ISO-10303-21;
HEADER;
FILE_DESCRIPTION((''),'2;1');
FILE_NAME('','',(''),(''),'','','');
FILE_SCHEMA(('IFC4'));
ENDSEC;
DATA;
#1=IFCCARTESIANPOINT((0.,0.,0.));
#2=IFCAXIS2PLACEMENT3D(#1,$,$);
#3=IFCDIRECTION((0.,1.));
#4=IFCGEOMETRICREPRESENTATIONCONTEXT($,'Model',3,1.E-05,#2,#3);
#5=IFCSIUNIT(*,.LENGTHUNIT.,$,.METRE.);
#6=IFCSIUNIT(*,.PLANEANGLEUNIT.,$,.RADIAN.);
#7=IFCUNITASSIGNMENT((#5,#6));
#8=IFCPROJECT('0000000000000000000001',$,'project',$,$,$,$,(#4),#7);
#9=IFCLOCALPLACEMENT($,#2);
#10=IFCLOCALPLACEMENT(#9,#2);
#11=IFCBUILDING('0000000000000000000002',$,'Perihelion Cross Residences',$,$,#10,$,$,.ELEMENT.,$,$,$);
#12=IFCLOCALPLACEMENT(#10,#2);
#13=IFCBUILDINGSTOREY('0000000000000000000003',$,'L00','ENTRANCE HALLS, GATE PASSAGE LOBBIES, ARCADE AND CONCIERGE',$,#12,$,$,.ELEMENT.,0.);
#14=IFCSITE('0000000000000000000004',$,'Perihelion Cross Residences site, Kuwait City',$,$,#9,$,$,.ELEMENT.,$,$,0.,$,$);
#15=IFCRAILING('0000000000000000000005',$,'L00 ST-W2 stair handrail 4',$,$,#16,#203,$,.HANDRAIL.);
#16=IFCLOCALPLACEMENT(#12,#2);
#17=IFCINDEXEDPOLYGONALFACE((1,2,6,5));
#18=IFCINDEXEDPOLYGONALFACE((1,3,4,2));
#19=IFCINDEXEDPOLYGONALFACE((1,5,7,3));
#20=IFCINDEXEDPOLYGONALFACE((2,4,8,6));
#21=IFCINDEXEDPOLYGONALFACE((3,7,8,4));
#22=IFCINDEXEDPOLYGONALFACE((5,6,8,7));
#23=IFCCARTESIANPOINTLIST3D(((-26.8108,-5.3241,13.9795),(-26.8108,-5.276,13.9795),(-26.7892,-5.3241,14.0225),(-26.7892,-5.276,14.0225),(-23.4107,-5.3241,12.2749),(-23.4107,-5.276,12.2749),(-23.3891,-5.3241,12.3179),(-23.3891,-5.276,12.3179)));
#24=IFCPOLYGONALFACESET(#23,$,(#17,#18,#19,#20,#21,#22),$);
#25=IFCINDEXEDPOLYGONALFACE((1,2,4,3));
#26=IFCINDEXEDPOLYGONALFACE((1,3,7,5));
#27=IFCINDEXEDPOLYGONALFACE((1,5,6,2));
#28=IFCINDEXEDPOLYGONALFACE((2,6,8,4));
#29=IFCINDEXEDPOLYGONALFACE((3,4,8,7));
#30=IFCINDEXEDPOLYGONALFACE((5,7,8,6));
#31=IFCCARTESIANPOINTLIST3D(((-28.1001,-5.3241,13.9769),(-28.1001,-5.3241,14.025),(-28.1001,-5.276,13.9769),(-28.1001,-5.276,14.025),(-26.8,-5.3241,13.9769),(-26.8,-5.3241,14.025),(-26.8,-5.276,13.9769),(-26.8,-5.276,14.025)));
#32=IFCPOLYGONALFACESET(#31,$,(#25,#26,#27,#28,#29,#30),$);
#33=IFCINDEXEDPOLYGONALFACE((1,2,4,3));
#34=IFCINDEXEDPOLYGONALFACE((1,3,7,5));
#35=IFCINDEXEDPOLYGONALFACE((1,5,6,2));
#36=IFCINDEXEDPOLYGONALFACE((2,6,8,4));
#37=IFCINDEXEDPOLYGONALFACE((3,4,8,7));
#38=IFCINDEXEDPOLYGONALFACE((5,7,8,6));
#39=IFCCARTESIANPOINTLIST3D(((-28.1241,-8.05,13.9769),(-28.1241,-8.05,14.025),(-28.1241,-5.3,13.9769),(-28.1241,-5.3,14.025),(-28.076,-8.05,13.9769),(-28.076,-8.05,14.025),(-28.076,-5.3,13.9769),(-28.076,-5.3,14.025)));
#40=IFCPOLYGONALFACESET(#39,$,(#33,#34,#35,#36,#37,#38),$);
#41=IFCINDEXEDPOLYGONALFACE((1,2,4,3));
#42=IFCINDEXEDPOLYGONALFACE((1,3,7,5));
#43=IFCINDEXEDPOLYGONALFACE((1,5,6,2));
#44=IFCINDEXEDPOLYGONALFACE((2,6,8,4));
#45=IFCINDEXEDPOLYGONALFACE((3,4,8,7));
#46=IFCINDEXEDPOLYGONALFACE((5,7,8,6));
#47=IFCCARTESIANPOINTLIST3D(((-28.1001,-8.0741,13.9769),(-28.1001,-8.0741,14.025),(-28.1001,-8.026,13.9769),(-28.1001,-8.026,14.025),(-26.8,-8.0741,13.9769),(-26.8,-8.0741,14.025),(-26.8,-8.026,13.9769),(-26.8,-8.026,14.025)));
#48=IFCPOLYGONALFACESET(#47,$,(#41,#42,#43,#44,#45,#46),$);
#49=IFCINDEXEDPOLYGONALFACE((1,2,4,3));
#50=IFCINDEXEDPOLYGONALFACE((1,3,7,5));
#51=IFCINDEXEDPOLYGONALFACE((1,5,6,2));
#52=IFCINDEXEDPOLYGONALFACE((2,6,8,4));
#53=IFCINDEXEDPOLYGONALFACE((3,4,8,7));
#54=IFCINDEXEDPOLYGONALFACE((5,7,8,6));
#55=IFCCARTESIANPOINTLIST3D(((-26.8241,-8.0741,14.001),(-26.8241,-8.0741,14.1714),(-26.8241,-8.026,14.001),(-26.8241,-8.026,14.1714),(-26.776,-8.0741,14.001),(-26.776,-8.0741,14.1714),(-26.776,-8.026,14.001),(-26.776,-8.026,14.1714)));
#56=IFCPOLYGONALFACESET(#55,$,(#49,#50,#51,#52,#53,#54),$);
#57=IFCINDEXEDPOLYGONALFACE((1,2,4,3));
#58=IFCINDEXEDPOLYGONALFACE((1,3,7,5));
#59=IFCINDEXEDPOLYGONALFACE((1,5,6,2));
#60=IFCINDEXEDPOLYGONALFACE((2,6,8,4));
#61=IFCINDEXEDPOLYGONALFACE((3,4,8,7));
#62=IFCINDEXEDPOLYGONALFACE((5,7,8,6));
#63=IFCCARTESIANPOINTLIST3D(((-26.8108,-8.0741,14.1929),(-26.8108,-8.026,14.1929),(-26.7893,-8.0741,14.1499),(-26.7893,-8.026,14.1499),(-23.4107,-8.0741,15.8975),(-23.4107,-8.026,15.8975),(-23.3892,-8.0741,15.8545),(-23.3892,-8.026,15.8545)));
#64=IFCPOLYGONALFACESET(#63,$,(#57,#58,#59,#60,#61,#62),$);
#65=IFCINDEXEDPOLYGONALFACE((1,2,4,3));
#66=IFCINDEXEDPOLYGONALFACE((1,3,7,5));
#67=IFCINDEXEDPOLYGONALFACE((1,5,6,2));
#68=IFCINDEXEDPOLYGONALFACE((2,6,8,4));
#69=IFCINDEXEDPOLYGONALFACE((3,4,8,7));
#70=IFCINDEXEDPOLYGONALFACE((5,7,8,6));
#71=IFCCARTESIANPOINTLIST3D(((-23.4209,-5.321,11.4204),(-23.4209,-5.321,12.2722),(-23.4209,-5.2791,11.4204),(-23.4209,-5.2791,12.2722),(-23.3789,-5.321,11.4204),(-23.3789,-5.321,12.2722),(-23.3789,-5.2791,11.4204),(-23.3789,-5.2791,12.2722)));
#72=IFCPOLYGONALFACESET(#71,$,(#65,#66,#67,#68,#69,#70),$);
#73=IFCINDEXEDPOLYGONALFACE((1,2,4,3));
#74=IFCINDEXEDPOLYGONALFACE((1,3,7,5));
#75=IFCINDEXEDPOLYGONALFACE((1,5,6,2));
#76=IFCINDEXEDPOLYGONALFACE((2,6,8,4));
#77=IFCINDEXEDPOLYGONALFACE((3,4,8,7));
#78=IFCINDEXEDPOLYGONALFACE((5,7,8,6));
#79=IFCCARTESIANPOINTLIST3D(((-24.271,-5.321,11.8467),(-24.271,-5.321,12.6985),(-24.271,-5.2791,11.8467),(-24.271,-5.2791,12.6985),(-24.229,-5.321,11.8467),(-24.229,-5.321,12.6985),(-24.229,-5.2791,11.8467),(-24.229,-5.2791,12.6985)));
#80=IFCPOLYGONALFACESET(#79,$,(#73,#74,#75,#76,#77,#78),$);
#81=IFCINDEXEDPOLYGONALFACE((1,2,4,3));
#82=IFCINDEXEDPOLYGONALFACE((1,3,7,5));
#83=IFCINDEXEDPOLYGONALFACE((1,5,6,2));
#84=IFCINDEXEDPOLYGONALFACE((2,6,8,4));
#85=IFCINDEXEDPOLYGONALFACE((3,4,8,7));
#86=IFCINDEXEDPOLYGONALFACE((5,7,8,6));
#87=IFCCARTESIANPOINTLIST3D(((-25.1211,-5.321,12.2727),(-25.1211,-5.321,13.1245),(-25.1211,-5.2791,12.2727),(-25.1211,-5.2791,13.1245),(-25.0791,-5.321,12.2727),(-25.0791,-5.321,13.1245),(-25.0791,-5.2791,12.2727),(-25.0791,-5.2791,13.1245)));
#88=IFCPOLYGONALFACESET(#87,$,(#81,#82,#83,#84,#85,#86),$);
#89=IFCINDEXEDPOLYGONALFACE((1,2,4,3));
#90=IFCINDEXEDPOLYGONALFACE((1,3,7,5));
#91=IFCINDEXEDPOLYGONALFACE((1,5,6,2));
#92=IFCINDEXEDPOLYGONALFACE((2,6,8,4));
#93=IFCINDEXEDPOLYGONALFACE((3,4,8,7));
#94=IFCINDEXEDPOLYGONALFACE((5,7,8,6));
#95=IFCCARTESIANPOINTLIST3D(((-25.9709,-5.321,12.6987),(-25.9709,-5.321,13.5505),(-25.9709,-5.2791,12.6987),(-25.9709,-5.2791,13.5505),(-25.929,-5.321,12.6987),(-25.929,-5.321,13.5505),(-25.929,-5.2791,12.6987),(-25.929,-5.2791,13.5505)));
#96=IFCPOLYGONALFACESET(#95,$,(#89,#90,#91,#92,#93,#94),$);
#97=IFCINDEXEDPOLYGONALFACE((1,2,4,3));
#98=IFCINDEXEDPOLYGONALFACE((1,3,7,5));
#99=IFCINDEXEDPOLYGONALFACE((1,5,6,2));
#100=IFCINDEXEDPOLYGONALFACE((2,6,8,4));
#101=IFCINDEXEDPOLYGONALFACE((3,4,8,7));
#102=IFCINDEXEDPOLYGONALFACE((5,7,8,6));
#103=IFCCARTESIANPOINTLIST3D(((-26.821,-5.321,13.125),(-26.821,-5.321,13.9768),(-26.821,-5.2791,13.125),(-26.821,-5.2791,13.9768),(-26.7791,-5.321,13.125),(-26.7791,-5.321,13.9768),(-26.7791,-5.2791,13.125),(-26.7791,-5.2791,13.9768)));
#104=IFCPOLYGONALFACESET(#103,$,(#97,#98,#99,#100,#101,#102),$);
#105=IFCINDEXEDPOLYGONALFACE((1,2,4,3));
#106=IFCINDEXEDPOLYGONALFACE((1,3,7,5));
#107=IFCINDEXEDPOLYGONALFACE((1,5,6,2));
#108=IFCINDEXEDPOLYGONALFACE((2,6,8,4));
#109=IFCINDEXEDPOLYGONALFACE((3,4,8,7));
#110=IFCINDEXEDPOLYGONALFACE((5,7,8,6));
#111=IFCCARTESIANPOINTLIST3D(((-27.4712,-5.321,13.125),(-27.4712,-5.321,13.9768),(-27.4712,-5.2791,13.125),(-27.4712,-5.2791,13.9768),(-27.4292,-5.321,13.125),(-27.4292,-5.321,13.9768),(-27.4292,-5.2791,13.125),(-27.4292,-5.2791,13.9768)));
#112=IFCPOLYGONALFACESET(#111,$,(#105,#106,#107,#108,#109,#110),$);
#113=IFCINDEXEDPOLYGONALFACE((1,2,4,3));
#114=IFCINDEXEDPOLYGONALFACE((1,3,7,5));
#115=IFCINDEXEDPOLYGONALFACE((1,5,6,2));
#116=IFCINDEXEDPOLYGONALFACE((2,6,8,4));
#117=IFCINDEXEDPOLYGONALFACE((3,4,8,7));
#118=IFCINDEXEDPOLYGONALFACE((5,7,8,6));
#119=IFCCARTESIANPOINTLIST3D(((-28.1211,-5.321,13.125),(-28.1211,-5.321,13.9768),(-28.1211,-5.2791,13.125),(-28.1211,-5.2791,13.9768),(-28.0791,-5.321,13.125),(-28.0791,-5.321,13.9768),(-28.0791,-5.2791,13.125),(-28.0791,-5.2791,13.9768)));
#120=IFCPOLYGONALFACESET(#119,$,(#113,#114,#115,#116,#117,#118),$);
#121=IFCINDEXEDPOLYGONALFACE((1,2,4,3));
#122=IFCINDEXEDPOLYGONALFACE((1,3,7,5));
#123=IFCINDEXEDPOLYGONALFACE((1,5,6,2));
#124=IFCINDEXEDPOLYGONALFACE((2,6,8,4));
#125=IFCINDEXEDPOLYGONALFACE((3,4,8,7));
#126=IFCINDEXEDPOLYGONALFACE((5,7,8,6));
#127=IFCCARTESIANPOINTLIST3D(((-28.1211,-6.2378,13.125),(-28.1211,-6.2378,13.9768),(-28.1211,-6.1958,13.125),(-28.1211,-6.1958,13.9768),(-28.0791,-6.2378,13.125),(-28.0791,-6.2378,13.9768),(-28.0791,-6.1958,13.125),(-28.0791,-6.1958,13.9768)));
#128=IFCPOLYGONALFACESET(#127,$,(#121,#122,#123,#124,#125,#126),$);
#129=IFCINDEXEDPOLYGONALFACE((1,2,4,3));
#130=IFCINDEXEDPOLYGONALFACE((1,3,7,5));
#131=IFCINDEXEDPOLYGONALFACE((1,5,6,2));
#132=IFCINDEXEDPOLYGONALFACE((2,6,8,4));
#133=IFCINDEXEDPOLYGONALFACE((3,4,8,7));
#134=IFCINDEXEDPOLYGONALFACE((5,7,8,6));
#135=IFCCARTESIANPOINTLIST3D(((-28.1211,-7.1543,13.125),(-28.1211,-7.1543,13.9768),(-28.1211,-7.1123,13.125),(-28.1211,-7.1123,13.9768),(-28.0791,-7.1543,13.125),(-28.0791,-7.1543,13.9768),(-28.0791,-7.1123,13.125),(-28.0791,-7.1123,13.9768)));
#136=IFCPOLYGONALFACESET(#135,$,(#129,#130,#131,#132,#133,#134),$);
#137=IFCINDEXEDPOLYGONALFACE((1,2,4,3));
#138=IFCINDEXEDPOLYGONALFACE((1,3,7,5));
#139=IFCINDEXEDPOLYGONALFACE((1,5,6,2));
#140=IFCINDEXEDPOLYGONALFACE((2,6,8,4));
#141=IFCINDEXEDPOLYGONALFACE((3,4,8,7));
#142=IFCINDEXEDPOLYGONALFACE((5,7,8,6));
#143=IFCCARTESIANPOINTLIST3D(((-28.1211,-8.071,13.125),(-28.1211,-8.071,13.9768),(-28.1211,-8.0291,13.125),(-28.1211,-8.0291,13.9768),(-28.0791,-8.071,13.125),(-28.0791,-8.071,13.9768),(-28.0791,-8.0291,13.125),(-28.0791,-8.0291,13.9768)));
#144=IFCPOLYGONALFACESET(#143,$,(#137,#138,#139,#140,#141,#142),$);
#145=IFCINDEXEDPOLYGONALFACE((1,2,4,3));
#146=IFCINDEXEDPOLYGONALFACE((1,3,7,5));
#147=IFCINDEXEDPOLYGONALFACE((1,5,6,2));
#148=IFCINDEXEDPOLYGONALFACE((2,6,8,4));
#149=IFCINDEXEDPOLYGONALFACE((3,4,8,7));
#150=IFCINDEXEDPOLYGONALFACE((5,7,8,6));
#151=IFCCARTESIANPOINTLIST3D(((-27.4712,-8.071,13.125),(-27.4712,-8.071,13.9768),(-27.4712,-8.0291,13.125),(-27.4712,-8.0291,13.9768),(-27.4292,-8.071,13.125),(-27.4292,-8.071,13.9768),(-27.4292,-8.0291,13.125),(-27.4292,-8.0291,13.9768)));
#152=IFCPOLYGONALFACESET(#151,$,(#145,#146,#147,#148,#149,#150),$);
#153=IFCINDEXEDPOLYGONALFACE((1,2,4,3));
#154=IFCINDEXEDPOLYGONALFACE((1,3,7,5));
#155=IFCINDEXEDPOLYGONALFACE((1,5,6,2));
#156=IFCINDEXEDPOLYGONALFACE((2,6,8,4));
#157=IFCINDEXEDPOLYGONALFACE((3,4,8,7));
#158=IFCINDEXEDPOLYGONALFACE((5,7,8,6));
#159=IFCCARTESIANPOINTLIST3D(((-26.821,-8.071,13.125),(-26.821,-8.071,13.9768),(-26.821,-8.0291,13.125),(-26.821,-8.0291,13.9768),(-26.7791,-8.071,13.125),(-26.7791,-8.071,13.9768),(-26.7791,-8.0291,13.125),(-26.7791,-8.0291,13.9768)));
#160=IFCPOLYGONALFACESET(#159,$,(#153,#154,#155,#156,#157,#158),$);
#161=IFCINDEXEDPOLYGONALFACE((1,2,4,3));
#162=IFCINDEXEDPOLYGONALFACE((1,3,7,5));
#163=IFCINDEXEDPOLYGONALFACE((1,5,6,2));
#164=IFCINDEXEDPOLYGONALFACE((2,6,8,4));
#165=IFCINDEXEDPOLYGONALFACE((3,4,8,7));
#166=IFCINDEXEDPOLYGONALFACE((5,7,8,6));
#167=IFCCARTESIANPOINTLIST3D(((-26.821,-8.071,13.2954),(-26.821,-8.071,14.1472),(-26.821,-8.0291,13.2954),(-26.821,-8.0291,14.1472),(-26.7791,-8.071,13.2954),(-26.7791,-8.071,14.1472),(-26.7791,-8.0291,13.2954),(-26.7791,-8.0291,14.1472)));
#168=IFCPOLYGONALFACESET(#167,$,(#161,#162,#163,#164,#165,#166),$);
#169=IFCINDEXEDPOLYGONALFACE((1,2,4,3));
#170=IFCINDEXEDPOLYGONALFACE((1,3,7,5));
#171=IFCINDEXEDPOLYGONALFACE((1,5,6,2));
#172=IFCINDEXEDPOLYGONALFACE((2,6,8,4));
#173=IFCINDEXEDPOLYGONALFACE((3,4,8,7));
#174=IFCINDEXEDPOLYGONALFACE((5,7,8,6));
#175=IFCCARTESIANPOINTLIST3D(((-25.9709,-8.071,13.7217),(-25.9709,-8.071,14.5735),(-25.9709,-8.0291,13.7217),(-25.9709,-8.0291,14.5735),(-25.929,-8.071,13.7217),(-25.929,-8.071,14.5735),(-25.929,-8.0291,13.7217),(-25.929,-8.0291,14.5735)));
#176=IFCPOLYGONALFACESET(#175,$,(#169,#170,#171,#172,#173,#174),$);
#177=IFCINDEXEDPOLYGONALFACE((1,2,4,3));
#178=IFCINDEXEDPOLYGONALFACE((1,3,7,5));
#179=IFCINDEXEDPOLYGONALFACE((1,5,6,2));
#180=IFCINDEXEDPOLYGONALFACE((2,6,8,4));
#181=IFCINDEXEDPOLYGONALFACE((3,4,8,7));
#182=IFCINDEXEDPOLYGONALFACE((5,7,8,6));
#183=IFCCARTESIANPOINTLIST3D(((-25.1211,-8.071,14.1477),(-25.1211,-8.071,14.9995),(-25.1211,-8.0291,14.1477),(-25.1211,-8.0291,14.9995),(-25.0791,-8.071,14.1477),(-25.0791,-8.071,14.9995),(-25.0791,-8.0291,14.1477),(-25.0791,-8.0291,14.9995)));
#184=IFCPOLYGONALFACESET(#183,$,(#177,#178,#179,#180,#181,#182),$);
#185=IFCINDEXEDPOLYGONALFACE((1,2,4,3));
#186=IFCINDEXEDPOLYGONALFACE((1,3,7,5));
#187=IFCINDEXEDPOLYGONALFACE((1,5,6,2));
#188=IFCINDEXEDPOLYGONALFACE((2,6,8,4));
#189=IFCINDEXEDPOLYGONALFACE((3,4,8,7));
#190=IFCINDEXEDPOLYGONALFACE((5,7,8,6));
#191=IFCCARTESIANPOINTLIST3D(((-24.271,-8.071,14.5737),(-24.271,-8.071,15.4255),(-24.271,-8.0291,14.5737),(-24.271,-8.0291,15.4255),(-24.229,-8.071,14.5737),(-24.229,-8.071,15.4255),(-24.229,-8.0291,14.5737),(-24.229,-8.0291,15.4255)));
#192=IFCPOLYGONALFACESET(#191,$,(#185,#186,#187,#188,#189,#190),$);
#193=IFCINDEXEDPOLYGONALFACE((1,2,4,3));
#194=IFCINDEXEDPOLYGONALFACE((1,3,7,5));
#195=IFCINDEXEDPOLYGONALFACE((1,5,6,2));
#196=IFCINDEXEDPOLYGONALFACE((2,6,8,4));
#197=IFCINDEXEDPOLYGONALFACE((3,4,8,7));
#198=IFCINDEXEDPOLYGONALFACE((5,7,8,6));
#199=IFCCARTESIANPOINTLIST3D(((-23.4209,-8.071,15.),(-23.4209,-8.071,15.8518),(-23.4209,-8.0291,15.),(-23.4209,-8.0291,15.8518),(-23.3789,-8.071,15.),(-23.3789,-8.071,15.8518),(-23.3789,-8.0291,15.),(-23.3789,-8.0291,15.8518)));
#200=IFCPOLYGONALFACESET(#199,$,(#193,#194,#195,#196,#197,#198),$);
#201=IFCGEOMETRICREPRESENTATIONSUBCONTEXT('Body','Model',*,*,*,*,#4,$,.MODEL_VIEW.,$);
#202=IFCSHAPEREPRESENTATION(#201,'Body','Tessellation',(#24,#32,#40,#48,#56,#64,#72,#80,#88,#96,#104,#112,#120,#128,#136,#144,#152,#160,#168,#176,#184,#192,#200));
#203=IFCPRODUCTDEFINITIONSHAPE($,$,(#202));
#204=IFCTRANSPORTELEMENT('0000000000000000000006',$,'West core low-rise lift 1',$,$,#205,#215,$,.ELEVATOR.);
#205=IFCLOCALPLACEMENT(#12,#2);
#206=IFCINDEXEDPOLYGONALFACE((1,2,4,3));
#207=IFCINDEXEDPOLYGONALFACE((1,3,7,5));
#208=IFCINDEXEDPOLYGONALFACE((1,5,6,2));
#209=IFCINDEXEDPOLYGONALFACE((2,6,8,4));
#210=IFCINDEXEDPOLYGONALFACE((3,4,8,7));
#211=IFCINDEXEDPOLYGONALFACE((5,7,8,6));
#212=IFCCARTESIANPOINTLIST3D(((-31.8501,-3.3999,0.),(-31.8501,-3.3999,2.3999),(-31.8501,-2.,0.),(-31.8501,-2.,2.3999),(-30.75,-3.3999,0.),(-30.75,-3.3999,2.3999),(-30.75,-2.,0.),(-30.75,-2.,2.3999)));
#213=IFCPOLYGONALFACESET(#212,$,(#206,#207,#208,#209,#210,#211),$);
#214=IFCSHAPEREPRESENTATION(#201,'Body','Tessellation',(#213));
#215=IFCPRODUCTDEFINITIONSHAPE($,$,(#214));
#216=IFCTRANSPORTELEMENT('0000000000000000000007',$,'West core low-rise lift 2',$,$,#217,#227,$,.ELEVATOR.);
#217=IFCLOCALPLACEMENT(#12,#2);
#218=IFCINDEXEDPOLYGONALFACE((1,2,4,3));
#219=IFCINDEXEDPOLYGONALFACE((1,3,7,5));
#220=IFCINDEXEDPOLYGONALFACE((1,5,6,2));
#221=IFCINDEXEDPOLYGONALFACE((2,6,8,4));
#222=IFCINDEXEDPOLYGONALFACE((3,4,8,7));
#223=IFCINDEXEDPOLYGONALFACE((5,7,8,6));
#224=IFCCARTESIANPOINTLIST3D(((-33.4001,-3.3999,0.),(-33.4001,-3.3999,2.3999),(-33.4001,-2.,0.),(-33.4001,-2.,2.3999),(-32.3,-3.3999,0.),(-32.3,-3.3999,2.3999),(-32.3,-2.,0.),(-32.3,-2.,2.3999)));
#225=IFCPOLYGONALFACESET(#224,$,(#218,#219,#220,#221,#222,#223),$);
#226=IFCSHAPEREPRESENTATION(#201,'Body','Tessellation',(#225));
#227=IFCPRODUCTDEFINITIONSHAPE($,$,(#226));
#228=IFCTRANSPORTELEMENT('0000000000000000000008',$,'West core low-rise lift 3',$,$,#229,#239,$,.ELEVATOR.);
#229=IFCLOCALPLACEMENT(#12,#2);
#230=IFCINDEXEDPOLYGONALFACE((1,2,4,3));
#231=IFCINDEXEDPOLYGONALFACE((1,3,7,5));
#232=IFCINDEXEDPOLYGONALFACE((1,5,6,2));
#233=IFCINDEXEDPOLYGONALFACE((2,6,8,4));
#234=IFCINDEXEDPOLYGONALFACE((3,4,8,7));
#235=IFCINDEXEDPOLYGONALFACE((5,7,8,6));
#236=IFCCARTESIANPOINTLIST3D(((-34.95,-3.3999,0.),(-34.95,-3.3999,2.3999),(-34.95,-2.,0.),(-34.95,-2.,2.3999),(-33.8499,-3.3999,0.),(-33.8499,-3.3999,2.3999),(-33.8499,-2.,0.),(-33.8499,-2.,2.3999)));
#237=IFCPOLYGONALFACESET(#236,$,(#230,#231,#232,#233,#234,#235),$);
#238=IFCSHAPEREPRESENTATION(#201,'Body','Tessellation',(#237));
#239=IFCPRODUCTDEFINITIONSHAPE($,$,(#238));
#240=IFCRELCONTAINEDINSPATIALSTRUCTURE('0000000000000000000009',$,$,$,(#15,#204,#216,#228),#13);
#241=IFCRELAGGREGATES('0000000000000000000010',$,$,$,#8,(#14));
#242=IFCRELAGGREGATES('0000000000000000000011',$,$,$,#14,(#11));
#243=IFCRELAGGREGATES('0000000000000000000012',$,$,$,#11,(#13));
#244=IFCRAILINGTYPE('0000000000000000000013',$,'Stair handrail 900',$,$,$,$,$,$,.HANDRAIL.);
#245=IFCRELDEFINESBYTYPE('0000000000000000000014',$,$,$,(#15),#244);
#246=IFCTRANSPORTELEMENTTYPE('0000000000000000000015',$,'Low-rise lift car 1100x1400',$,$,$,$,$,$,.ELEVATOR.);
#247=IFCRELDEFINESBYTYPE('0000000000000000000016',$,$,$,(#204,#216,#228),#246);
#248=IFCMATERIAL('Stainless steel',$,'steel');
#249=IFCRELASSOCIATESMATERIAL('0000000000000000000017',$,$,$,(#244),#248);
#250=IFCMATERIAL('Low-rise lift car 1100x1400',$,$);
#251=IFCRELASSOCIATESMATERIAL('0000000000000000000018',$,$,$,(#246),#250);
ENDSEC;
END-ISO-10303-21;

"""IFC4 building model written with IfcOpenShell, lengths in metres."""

from ifc_helpers import new_model, si_unit, direction, frame, origin, origin_2d, place, context, subcontext, project, spatial, rectangle, extrude, material, type_object, element, save


model = new_model("IFC4")

# Units and contexts
model_context = context("Model", 3, precision=1e-05, world=origin(), true_north=direction((0.0, 1.0)))
body_context = subcontext(model_context, "Body", "Model", "MODEL_VIEW")
ifc_project = project(units=[si_unit("LENGTHUNIT", "METRE"), si_unit("PLANEANGLEUNIT", "RADIAN")], contexts=[model_context])

# Site, building, storey
site_placement = place(None, origin())
site = spatial("IfcSite", under=ifc_project, at=site_placement, Name="Perihelion Cross Residences site, Kuwait City", CompositionType="ELEMENT", RefElevation=0.0)
building_placement = place(site_placement, origin())
building = spatial("IfcBuilding", under=site, at=building_placement, Name="Perihelion Cross Residences", CompositionType="ELEMENT")
storey_placement = place(building_placement, origin())
storey = spatial("IfcBuildingStorey", under=building, at=storey_placement, Name="L00", Description="ENTRANCE HALLS, GATE PASSAGE LOBBIES, ARCADE AND CONCIERGE", CompositionType="ELEMENT", Elevation=0.0)

# Railing
ifc_material_1 = material(Name="Stainless steel", Category="steel")
railing_type = type_object("IfcRailingType", Name="Stair handrail 900", PredefinedType="HANDRAIL", material=ifc_material_1)
railing_1_placement = place(storey_placement, frame((-23.3999, -5.3, 11.4204)))
element("IfcRailing", 1, at=railing_1_placement, inside=storey, type_object=railing_type, Name="L00 ST-W2 stair handrail 4", PredefinedType="HANDRAIL", context=body_context, shape_type="SweptSolid", body=[
    extrude(rectangle(XDim=0.0481, YDim=0.0481, at=origin_2d()), frame((0.0, 0.0, 0.876), z_axis=(-0.893952, 0.0, 0.448163), x_axis=(0.0, -1.0, 0.0)), (0.0, 0.0, 1.0), 3.8035),
    extrude(rectangle(XDim=0.0481, YDim=0.0481, at=origin_2d()), frame((-3.4001, 0.0, 2.5806), z_axis=(-1.0, 0.0, 0.0), x_axis=(0.0, -1.0, 0.0)), (0.0, 0.0, 1.0), 1.3),
    extrude(rectangle(XDim=0.0481, YDim=0.0481, at=origin_2d()), frame((-4.7002, 0.0, 2.5806), z_axis=(0.0, -1.0, 0.0), x_axis=(1.0, 0.0, 0.0)), (0.0, 0.0, 1.0), 2.75),
    extrude(rectangle(XDim=0.0481, YDim=0.0481, at=origin_2d()), frame((-4.7002, -2.75, 2.5806), z_axis=(1.0, 0.0, 0.0), x_axis=(0.0, 1.0, 0.0)), (0.0, 0.0, 1.0), 1.3),
    extrude(rectangle(XDim=0.0481, YDim=0.0481, at=origin_2d()), frame((-3.4001, -2.75, 2.5806), z_axis=(0.0, 0.0, 1.0), x_axis=(1.0, 0.0, 0.0)), (0.0, 0.0, 1.0), 0.1704),
    extrude(rectangle(XDim=0.0481, YDim=0.0481, at=origin_2d()), frame((-3.4001, -2.75, 2.751), z_axis=(0.893952, 0.0, 0.448163), x_axis=(0.0, 1.0, 0.0)), (0.0, 0.0, 1.0), 3.8035),
    extrude(rectangle(XDim=0.042, YDim=0.042, at=origin_2d()), origin(), (0.0, 0.0, 1.0), 0.8518),
    extrude(rectangle(XDim=0.042, YDim=0.042, at=origin_2d()), frame((-0.8501, 0.0, 0.4263)), (0.0, 0.0, 1.0), 0.8518),
    extrude(rectangle(XDim=0.042, YDim=0.042, at=origin_2d()), frame((-1.7002, 0.0, 0.8523)), (0.0, 0.0, 1.0), 0.8518),
    extrude(rectangle(XDim=0.042, YDim=0.042, at=origin_2d()), frame((-2.55, 0.0, 1.2783)), (0.0, 0.0, 1.0), 0.8518),
    extrude(rectangle(XDim=0.042, YDim=0.042, at=origin_2d()), frame((-3.4001, 0.0, 1.7046)), (0.0, 0.0, 1.0), 0.8518),
    extrude(rectangle(XDim=0.042, YDim=0.042, at=origin_2d()), frame((-4.0503, 0.0, 1.7046)), (0.0, 0.0, 1.0), 0.8518),
    extrude(rectangle(XDim=0.042, YDim=0.042, at=origin_2d()), frame((-4.7002, 0.0, 1.7046)), (0.0, 0.0, 1.0), 0.8518),
    extrude(rectangle(XDim=0.042, YDim=0.042, at=origin_2d()), frame((-4.7002, -0.9167, 1.7046)), (0.0, 0.0, 1.0), 0.8518),
    extrude(rectangle(XDim=0.042, YDim=0.042, at=origin_2d()), frame((-4.7002, -1.8333, 1.7046)), (0.0, 0.0, 1.0), 0.8518),
    extrude(rectangle(XDim=0.042, YDim=0.042, at=origin_2d()), frame((-4.7002, -2.75, 1.7046)), (0.0, 0.0, 1.0), 0.8518),
    extrude(rectangle(XDim=0.042, YDim=0.042, at=origin_2d()), frame((-4.0503, -2.75, 1.7046)), (0.0, 0.0, 1.0), 0.8518),
    extrude(rectangle(XDim=0.042, YDim=0.042, at=origin_2d()), frame((-3.4001, -2.75, 1.7046)), (0.0, 0.0, 1.0), 0.8518),
    extrude(rectangle(XDim=0.042, YDim=0.042, at=origin_2d()), frame((-3.4001, -2.75, 1.875)), (0.0, 0.0, 1.0), 0.8518),
    extrude(rectangle(XDim=0.042, YDim=0.042, at=origin_2d()), frame((-2.55, -2.75, 2.3013)), (0.0, 0.0, 1.0), 0.8518),
    extrude(rectangle(XDim=0.042, YDim=0.042, at=origin_2d()), frame((-1.7002, -2.75, 2.7273)), (0.0, 0.0, 1.0), 0.8518),
    extrude(rectangle(XDim=0.042, YDim=0.042, at=origin_2d()), frame((-0.8501, -2.75, 3.1533)), (0.0, 0.0, 1.0), 0.8518),
    extrude(rectangle(XDim=0.042, YDim=0.042, at=origin_2d()), frame((0.0, -2.75, 3.5796)), (0.0, 0.0, 1.0), 0.8518),
])

# Transport elements
ifc_material_2 = material(Name="Low-rise lift car 1100x1400")
transport_element_type = type_object("IfcTransportElementType", Name="Low-rise lift car 1100x1400", PredefinedType="ELEVATOR", material=ifc_material_2)
for number, where, z_axis, x_axis, name in (
    (2, (-31.3, -2.7, 0.0), (0.0, 0.0, 1.0), (1.0, 0.0, 0.0), "West core low-rise lift 1"),
    (3, (-32.8501, -2.7, 0.0), (0.0, 0.0, 1.0), (1.0, 0.0, 0.0), "West core low-rise lift 2"),
    (4, (-34.3999, -2.7, 0.0), (0.0, 0.0, 1.0), (1.0, 0.0, 0.0), "West core low-rise lift 3"),
):
    element("IfcTransportElement", number, at=place(storey_placement, frame(where, z_axis=z_axis, x_axis=x_axis)), inside=storey, type_object=transport_element_type, Name=name, PredefinedType="ELEVATOR", context=body_context, shape_type="SweptSolid", body=[
        extrude(rectangle(XDim=1.1001, YDim=1.3999, at=origin_2d()), origin(), (0.0, 0.0, 1.0), 2.3999),
    ])

save(model, "model.ifc")
